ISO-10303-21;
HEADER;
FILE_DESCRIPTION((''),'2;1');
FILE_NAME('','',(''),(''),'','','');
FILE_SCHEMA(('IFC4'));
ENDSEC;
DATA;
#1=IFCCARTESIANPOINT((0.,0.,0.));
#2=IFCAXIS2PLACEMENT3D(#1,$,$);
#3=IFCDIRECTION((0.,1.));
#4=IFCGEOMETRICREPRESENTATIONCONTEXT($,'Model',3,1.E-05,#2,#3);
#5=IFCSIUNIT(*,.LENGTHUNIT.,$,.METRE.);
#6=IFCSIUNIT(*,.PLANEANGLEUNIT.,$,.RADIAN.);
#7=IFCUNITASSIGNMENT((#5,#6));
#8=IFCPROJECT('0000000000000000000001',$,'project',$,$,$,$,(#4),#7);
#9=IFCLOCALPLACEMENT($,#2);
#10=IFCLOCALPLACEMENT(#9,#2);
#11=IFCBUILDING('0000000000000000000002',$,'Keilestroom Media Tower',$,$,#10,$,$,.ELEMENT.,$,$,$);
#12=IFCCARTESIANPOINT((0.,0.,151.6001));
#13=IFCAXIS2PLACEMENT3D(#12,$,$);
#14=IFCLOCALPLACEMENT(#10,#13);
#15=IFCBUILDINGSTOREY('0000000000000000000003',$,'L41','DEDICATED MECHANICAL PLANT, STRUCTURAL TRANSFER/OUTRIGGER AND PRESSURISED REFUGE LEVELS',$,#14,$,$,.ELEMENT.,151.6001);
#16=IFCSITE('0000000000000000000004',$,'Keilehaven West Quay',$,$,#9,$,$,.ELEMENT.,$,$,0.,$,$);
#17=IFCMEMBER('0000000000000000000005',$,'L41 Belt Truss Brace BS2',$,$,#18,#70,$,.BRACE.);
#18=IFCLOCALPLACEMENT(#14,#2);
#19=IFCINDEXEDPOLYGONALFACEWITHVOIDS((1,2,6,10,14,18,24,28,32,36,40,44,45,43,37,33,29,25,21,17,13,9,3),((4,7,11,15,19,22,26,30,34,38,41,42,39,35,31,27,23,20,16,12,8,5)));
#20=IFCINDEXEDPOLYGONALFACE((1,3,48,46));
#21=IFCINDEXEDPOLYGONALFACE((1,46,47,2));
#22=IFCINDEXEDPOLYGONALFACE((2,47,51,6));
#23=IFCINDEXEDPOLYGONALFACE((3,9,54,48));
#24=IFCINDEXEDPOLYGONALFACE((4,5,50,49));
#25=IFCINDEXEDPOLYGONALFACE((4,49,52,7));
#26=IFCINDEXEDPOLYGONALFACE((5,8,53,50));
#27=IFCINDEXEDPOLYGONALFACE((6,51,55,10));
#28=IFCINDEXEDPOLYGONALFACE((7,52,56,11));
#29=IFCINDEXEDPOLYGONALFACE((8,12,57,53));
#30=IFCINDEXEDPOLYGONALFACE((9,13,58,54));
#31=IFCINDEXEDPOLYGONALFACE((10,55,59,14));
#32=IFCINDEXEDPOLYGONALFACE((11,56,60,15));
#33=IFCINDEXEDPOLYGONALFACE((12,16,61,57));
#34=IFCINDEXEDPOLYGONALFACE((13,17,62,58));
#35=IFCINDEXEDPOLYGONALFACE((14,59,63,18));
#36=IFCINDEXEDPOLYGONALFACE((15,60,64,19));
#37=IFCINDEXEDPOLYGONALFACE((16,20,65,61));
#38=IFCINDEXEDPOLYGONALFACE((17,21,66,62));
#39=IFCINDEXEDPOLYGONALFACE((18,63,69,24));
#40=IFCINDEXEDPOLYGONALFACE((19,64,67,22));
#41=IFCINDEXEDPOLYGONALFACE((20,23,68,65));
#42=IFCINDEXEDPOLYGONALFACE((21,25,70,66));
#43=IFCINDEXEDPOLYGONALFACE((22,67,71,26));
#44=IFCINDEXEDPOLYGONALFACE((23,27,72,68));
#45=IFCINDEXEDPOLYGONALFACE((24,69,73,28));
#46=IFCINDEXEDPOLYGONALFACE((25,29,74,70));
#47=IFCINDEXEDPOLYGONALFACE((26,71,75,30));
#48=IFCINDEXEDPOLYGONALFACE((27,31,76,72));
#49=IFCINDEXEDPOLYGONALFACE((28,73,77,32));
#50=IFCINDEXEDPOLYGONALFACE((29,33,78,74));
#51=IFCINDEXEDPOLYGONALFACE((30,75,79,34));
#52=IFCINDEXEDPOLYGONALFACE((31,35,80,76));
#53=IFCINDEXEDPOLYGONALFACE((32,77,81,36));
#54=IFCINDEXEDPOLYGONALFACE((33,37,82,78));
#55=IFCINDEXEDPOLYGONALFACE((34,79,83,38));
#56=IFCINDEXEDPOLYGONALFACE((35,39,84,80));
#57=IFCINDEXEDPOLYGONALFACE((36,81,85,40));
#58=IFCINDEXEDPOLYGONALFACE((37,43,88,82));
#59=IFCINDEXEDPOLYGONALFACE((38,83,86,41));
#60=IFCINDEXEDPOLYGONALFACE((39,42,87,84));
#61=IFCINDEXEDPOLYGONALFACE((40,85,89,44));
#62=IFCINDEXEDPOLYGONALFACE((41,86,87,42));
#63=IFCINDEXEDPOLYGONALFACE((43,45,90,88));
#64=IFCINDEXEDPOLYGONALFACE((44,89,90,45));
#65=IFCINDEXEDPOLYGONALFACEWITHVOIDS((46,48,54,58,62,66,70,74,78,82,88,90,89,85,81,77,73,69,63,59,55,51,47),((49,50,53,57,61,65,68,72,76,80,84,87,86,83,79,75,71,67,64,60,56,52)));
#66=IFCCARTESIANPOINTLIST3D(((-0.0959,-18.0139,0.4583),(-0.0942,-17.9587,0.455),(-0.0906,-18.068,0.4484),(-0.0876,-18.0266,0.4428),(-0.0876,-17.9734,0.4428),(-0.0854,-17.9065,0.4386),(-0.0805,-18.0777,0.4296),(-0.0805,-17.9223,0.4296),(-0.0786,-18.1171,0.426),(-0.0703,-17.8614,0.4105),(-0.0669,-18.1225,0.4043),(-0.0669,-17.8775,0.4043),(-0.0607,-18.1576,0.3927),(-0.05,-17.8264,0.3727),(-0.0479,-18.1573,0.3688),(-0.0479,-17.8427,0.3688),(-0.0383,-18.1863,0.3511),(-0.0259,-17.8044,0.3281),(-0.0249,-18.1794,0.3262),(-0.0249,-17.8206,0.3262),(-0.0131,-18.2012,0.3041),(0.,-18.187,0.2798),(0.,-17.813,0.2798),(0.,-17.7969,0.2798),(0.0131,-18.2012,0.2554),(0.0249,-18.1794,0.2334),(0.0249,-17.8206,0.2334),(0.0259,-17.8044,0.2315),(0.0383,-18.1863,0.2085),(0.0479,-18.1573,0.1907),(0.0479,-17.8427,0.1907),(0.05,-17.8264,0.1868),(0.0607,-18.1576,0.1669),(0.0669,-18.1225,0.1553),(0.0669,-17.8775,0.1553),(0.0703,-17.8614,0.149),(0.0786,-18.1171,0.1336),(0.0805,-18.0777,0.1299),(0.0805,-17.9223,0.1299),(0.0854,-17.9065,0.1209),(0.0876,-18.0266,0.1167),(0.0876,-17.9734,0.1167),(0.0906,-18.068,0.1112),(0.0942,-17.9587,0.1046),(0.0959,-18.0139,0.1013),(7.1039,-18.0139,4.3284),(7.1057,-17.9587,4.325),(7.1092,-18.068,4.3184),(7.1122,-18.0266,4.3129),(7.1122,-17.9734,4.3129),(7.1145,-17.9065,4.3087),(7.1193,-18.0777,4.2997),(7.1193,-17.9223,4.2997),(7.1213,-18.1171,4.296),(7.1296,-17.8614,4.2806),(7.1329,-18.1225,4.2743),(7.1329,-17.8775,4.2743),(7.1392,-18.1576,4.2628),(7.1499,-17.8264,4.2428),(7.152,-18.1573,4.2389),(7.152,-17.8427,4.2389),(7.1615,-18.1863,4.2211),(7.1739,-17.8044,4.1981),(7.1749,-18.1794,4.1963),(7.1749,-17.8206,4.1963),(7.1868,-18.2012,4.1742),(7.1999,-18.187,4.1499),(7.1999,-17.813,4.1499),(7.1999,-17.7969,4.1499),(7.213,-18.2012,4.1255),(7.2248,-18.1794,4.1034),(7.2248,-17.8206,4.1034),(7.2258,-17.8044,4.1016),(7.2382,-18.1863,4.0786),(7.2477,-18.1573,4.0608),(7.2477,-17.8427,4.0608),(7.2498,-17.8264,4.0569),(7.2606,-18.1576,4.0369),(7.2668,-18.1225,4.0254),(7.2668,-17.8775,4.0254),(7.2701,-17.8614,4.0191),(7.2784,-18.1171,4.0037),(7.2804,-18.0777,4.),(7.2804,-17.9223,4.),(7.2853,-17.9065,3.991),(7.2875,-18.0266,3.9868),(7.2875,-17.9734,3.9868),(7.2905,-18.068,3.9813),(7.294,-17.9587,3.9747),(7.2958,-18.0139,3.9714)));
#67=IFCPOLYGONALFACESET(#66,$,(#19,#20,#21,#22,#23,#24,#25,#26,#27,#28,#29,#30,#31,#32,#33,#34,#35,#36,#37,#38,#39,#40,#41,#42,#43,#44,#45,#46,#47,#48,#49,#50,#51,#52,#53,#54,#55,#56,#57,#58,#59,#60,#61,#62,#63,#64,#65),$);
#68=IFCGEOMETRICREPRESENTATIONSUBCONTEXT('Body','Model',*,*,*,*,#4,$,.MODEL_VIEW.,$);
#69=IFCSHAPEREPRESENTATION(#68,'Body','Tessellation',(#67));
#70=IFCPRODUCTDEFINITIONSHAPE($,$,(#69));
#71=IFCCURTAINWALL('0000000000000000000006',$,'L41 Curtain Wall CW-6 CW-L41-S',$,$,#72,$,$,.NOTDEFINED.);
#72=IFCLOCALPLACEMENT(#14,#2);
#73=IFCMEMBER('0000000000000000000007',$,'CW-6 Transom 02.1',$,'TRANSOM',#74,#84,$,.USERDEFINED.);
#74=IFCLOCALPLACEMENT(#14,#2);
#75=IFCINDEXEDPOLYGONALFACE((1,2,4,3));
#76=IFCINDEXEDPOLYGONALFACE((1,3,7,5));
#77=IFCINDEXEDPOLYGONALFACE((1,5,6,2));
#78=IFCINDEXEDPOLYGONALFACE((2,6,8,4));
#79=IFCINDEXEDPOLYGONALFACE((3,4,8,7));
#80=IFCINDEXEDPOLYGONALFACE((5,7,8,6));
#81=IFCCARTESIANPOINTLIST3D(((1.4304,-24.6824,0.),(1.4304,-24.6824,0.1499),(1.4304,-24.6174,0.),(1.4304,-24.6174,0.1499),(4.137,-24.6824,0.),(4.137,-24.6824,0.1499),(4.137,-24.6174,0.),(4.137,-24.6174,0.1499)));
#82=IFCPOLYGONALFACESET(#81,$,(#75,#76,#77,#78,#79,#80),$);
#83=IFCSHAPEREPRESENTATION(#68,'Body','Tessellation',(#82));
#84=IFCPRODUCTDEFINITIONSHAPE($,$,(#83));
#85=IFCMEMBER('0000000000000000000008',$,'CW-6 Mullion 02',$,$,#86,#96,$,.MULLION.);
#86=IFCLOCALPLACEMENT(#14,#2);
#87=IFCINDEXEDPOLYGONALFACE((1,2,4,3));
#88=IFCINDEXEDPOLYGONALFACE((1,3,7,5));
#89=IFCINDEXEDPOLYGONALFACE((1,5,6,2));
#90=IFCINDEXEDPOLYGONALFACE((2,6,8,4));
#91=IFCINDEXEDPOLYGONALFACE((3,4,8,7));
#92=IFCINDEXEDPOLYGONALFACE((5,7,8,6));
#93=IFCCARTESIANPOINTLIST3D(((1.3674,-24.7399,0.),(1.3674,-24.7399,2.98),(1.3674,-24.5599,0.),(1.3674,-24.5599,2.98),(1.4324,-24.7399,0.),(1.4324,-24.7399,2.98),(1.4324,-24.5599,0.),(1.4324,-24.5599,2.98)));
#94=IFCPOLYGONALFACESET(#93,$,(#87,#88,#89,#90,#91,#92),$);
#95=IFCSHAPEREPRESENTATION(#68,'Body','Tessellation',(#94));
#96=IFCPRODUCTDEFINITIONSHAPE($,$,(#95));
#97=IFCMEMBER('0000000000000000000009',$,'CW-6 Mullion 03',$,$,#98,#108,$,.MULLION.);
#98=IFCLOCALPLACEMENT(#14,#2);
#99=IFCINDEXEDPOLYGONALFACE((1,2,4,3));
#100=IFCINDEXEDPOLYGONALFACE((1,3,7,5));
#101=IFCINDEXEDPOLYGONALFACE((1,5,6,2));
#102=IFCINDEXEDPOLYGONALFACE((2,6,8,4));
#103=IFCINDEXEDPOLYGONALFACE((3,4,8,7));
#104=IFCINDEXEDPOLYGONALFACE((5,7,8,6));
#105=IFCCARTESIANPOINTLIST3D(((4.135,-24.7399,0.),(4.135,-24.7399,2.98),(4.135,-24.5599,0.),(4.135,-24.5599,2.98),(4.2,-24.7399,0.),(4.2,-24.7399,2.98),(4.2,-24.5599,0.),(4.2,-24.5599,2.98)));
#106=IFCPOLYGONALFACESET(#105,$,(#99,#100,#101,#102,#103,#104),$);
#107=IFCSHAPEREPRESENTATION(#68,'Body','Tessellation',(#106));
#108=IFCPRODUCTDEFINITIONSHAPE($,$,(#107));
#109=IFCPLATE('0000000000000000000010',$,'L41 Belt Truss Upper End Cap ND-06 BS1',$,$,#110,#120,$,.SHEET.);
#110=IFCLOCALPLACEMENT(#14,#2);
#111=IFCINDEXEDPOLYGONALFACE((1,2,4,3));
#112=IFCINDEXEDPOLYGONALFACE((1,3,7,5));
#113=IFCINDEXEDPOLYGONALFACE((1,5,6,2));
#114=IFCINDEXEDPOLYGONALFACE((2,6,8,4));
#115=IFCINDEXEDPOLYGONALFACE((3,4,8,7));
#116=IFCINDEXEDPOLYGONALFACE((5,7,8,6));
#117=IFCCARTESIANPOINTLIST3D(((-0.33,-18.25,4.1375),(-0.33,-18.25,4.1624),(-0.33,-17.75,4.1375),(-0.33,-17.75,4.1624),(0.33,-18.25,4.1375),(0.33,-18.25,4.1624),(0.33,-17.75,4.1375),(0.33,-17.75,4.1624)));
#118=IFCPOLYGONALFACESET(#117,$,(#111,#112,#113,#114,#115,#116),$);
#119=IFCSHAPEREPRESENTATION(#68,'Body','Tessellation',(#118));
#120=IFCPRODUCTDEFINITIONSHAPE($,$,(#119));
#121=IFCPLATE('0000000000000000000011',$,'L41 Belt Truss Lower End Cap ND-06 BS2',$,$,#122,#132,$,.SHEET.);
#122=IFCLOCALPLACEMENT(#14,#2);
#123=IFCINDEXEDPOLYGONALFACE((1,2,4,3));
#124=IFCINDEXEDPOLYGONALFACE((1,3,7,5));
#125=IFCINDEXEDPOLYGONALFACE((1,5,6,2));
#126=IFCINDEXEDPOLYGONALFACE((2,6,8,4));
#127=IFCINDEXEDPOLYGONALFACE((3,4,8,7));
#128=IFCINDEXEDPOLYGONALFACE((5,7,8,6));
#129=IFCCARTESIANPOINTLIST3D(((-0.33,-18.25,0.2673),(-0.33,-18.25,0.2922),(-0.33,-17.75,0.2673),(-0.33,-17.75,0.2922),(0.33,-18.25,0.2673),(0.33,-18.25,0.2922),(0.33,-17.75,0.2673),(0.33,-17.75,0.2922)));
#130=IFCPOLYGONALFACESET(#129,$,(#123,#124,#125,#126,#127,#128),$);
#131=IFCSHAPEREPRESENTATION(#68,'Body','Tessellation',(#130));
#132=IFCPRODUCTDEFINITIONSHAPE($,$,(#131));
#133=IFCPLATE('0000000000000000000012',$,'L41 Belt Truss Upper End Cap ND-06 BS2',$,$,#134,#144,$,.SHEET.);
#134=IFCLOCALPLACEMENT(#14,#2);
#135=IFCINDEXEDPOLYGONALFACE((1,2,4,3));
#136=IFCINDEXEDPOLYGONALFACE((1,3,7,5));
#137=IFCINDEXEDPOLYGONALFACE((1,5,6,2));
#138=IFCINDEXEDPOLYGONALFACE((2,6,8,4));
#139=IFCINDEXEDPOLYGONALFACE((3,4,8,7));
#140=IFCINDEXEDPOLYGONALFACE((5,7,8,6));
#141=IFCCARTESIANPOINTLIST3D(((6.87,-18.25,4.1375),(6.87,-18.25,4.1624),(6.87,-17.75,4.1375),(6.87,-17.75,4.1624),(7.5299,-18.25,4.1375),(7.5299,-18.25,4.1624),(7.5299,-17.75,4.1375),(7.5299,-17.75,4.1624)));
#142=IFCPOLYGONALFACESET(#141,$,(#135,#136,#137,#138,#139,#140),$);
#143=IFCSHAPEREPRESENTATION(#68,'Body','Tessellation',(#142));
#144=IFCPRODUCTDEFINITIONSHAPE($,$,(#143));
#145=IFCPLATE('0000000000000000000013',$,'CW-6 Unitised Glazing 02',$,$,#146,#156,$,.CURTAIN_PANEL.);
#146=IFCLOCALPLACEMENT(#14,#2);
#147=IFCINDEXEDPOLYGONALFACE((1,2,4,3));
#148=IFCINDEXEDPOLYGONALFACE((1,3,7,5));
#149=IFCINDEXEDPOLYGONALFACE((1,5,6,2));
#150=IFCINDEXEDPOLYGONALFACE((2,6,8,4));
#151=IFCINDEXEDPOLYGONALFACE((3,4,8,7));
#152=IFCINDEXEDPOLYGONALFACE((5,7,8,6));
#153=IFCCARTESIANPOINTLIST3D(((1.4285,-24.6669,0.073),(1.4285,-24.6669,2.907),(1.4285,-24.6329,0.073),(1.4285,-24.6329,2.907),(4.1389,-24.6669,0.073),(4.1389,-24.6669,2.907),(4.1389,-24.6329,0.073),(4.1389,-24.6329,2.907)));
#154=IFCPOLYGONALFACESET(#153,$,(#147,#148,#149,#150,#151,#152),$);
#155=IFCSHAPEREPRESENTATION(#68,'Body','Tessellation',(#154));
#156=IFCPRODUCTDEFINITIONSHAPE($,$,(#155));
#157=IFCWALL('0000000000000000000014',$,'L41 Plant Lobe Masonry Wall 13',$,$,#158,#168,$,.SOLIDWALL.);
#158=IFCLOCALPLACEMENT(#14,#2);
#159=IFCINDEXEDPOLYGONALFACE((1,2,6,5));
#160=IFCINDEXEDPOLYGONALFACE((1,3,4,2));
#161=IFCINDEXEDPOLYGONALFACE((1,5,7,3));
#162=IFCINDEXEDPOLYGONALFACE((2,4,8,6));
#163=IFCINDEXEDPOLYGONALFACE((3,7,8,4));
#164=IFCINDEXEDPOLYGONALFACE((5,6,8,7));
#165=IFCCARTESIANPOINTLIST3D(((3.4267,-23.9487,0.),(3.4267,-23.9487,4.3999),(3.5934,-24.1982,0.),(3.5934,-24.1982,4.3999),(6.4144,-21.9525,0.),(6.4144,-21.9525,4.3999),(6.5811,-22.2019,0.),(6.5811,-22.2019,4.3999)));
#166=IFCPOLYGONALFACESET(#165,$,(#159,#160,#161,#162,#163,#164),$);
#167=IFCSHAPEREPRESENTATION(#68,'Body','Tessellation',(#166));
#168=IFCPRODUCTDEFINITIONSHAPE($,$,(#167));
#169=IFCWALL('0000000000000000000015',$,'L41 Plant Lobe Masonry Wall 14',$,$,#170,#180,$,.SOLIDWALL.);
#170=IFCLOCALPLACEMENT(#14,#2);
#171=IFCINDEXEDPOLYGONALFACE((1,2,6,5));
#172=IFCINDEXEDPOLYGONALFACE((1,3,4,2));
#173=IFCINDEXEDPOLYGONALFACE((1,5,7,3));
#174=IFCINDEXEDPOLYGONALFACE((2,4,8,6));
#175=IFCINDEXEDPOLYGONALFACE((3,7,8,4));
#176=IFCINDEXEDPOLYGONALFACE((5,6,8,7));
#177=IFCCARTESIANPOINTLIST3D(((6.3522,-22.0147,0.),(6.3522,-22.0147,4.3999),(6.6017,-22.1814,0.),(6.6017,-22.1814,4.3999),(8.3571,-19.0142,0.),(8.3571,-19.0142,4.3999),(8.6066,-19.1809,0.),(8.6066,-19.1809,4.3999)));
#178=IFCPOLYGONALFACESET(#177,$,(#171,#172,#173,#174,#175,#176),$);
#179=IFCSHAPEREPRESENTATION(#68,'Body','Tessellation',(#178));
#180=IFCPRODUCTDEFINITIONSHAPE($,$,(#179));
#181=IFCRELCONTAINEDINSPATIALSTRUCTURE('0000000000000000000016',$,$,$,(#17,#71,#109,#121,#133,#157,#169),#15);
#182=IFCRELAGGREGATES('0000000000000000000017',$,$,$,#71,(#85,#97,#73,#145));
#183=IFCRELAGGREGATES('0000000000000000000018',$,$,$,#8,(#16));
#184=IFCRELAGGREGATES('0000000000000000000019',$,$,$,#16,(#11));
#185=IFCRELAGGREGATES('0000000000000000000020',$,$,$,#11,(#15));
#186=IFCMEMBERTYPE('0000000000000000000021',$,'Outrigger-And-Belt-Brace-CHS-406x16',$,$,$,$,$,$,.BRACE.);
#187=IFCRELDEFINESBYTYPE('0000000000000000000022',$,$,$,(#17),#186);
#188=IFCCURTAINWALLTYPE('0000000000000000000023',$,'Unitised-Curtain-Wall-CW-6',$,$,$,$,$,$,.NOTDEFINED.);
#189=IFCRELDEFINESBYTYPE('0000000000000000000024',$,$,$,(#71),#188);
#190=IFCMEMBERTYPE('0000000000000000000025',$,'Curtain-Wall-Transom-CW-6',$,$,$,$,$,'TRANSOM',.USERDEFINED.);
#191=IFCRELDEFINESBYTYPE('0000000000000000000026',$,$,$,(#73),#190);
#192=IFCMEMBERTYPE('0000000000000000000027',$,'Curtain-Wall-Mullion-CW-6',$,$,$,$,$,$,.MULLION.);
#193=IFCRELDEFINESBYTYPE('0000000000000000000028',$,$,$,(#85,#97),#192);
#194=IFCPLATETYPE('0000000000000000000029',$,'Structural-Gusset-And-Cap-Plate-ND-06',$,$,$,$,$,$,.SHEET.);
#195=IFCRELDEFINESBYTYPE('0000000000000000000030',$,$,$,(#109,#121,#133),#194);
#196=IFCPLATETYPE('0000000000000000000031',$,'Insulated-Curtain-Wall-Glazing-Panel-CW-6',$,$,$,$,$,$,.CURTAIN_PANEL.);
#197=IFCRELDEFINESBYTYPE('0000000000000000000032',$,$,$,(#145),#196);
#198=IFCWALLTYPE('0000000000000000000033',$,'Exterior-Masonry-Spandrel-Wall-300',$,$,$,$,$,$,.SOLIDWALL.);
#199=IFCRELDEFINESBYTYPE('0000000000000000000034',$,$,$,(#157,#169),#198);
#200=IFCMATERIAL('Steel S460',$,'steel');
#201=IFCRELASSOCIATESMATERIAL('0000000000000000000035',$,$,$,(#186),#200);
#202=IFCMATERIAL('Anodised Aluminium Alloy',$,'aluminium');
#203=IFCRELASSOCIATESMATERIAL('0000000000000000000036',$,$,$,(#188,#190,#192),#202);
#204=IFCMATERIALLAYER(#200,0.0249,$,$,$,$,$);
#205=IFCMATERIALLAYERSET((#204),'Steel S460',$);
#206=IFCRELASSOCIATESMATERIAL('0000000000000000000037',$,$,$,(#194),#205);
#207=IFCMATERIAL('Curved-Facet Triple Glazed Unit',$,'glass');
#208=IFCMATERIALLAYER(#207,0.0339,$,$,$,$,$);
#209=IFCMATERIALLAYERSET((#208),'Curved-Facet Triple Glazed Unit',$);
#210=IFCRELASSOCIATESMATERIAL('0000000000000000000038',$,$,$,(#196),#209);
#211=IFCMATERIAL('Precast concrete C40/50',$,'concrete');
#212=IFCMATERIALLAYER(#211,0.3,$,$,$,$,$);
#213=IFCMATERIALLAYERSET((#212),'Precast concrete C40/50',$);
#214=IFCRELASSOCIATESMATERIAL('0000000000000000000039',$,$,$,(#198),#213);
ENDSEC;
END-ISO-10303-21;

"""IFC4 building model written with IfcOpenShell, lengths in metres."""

from ifc_helpers import new_model, si_unit, direction, frame, frame_2d, origin, origin_2d, place, context, subcontext, project, spatial, rectangle, hollow_circle, extrude, source, transform, mapped, material, layer, layer_set, material_profile, profile_set, type_object, element, aggregate, save


model = new_model("IFC4")

# Units and contexts
model_context = context("Model", 3, precision=1e-05, world=origin(), true_north=direction((0.0, 1.0)))
body_context = subcontext(model_context, "Body", "Model", "MODEL_VIEW")
ifc_project = project(units=[si_unit("LENGTHUNIT", "METRE"), si_unit("PLANEANGLEUNIT", "RADIAN")], contexts=[model_context])

# Site, building, storey
site_placement = place(None, origin())
site = spatial("IfcSite", under=ifc_project, at=site_placement, Name="Keilehaven West Quay", CompositionType="ELEMENT", RefElevation=0.0)
building_placement = place(site_placement, origin())
building = spatial("IfcBuilding", under=site, at=building_placement, Name="Keilestroom Media Tower", CompositionType="ELEMENT")
storey_placement = place(building_placement, frame((0.0, 0.0, 151.6001)))
storey = spatial("IfcBuildingStorey", under=building, at=storey_placement, Name="L41", Description="DEDICATED MECHANICAL PLANT, STRUCTURAL TRANSFER/OUTRIGGER AND PRESSURISED REFUGE LEVELS", CompositionType="ELEMENT", Elevation=151.6001)

# Member
ifc_material_1 = material(Name="Steel S460", Category="steel")
ifc_material_profile_1 = material_profile(ifc_material_1, hollow_circle(Radius=0.2031, WallThickness=0.0161, at=origin_2d()), Name="CHS 406.4x16")
ifc_profile_set_1 = profile_set([ifc_material_profile_1], Name="Steel S460")
member_type_1 = type_object("IfcMemberType", Name="Outrigger-And-Belt-Brace-CHS-406x16", PredefinedType="BRACE", material=ifc_profile_set_1)
shared_shape_1 = source(origin(), body_context, "Body", "SweptSolid", [
    extrude(hollow_circle(Radius=0.2031, WallThickness=0.0161, at=origin_2d()), origin(), (0.0, 0.0, 1.0), 8.1741),
])
member_1_placement = place(storey_placement, frame((0.0, -18.0, 0.2798), z_axis=(0.880817, 0.0, 0.473457), x_axis=(0.0, 1.0, 0.0)))
element("IfcMember", 1, at=member_1_placement, inside=storey, type_object=member_type_1, Name="L41 Belt Truss Brace BS2", PredefinedType="BRACE", context=body_context, shape_type="MappedRepresentation", body=[
    mapped(shared_shape_1, transform((0.0, 0.0, 0.0), x_axis=(1.0, 0.0, 0.0), y_axis=(0.0, 1.0, 0.0), z_axis=(0.0, 0.0, 1.0), scale=1.0)),
])

# Curtain wall, members
ifc_material_2 = material(Name="Anodised Aluminium Alloy", Category="aluminium")
curtain_wall_type = type_object("IfcCurtainWallType", Name="Unitised-Curtain-Wall-CW-6", PredefinedType="NOTDEFINED", material=ifc_material_2)
curtain_wall_placement = place(storey_placement, origin())
curtain_wall = element("IfcCurtainWall", 2, at=curtain_wall_placement, inside=storey, type_object=curtain_wall_type, Name="L41 Curtain Wall CW-6 CW-L41-S", PredefinedType="NOTDEFINED")
ifc_material_profile_2 = material_profile(ifc_material_2, rectangle(XDim=0.0649, YDim=0.1499, at=origin_2d()), Name="ALU TRANSOM 65x150")
ifc_profile_set_2 = profile_set([ifc_material_profile_2], Name="Anodised Aluminium Alloy")
member_type_2 = type_object("IfcMemberType", Name="Curtain-Wall-Transom-CW-6", ElementType="TRANSOM", PredefinedType="USERDEFINED", material=ifc_profile_set_2)
shared_shape_2 = source(origin(), body_context, "Body", "SweptSolid", [
    extrude(rectangle(XDim=0.0649, YDim=0.1499, at=origin_2d()), origin(), (0.0, 0.0, 1.0), 2.7065),
])
member_2_placement = place(storey_placement, frame((1.4304, -24.6499, 0.075), z_axis=(1.0, 0.0, 0.0), x_axis=(0.0, 1.0, 0.0)))
member_2 = element("IfcMember", 3, at=member_2_placement, type_object=member_type_2, Name="CW-6 Transom 02.1", ObjectType="TRANSOM", PredefinedType="USERDEFINED", context=body_context, shape_type="MappedRepresentation", body=[
    mapped(shared_shape_2, transform((0.0, 0.0, 0.0), x_axis=(1.0, 0.0, 0.0), y_axis=(0.0, 1.0, 0.0), z_axis=(0.0, 0.0, 1.0), scale=1.0)),
])
ifc_material_profile_3 = material_profile(ifc_material_2, rectangle(XDim=0.0649, YDim=0.1799, at=origin_2d()), Name="ALU MULLION 65x180")
ifc_profile_set_3 = profile_set([ifc_material_profile_3], Name="Anodised Aluminium Alloy")
member_type_3 = type_object("IfcMemberType", Name="Curtain-Wall-Mullion-CW-6", PredefinedType="MULLION", material=ifc_profile_set_3)
shared_shape_3 = source(origin(), body_context, "Body", "SweptSolid", [
    extrude(rectangle(XDim=0.0649, YDim=0.1799, at=origin_2d()), origin(), (0.0, 0.0, 1.0), 2.98),
])
member_3_placement = place(storey_placement, frame((1.3999, -24.6499, 0.0), z_axis=(0.0, 0.0, 1.0), x_axis=(1.0, 0.0, 0.0)))
member_3 = element("IfcMember", 4, at=member_3_placement, type_object=member_type_3, Name="CW-6 Mullion 02", PredefinedType="MULLION", context=body_context, shape_type="MappedRepresentation", body=[
    mapped(shared_shape_3, transform((0.0, 0.0, 0.0), x_axis=(1.0, 0.0, 0.0), y_axis=(0.0, 1.0, 0.0), z_axis=(0.0, 0.0, 1.0), scale=1.0)),
])
member_4_placement = place(storey_placement, frame((4.1675, -24.6499, 0.0), z_axis=(0.0, 0.0, 1.0), x_axis=(1.0, 0.0, 0.0)))
member_4 = element("IfcMember", 5, at=member_4_placement, type_object=member_type_3, Name="CW-6 Mullion 03", PredefinedType="MULLION", context=body_context, shape_type="MappedRepresentation", body=[
    mapped(shared_shape_3, transform((0.0, 0.0, 0.0), x_axis=(1.0, 0.0, 0.0), y_axis=(0.0, 1.0, 0.0), z_axis=(0.0, 0.0, 1.0), scale=1.0)),
])

# Plates
ifc_layer_1 = layer(ifc_material_1, 0.0249)
ifc_layer_set_1 = layer_set([ifc_layer_1], Name="Steel S460")
plate_type_1 = type_object("IfcPlateType", Name="Structural-Gusset-And-Cap-Plate-ND-06", PredefinedType="SHEET", material=ifc_layer_set_1)
shared_shape_4 = source(origin(), body_context, "Body", "SweptSolid", [
    extrude(rectangle(XDim=0.6599, YDim=0.5, at=origin_2d()), origin(), (0.0, 0.0, 1.0), 0.0249),
])
for number, where, z_axis, x_axis, name in (
    (6, (0.0, -18.0, 4.1375), (0.0, 0.0, 1.0), (1.0, 0.0, 0.0), "L41 Belt Truss Upper End Cap ND-06 BS1"),
    (7, (0.0, -18.0, 0.2673), (0.0, 0.0, 1.0), (1.0, 0.0, 0.0), "L41 Belt Truss Lower End Cap ND-06 BS2"),
    (8, (7.2, -18.0, 4.1375), (0.0, 0.0, 1.0), (1.0, 0.0, 0.0), "L41 Belt Truss Upper End Cap ND-06 BS2"),
):
    element("IfcPlate", number, at=place(storey_placement, frame(where, z_axis=z_axis, x_axis=x_axis)), inside=storey, type_object=plate_type_1, Name=name, PredefinedType="SHEET", context=body_context, shape_type="MappedRepresentation", body=[
        mapped(shared_shape_4, transform((0.0, 0.0, 0.0), x_axis=(1.0, 0.0, 0.0), y_axis=(0.0, 1.0, 0.0), z_axis=(0.0, 0.0, 1.0), scale=1.0)),
    ])

# Plate
ifc_material_3 = material(Name="Curved-Facet Triple Glazed Unit", Category="glass")
ifc_layer_2 = layer(ifc_material_3, 0.0339)
ifc_layer_set_2 = layer_set([ifc_layer_2], Name="Curved-Facet Triple Glazed Unit")
plate_type_2 = type_object("IfcPlateType", Name="Insulated-Curtain-Wall-Glazing-Panel-CW-6", PredefinedType="CURTAIN_PANEL", material=ifc_layer_set_2)
shared_shape_5 = source(origin(), body_context, "Body", "SweptSolid", [
    extrude(rectangle(XDim=2.7104, YDim=0.0339, at=origin_2d()), origin(), (0.0, 0.0, 1.0), 2.834),
])
plate_placement = place(storey_placement, frame((2.7837, -24.6499, 0.073), z_axis=(0.0, 0.0, 1.0), x_axis=(1.0, 0.0, 0.0)))
plate = element("IfcPlate", 9, at=plate_placement, type_object=plate_type_2, Name="CW-6 Unitised Glazing 02", PredefinedType="CURTAIN_PANEL", context=body_context, shape_type="MappedRepresentation", body=[
    mapped(shared_shape_5, transform((0.0, 0.0, 0.0), x_axis=(1.0, 0.0, 0.0), y_axis=(0.0, 1.0, 0.0), z_axis=(0.0, 0.0, 1.0), scale=1.0)),
])
aggregate(curtain_wall, [member_3, member_4, member_2, plate])

# Walls
ifc_material_4 = material(Name="Precast concrete C40/50", Category="concrete")
ifc_layer_3 = layer(ifc_material_4, 0.3)
ifc_layer_set_3 = layer_set([ifc_layer_3], Name="Precast concrete C40/50")
wall_type = type_object("IfcWallType", Name="Exterior-Masonry-Spandrel-Wall-300", PredefinedType="SOLIDWALL", material=ifc_layer_set_3)
wall_placement = place(storey_placement, frame((3.51, -24.0735, 0.0), z_axis=(0.0, 0.0, 1.0), x_axis=(0.831475, 0.555562, 0.0)))
element("IfcWall", 10, at=wall_placement, inside=storey, type_object=wall_type, Name="L41 Plant Lobe Masonry Wall 13", PredefinedType="SOLIDWALL", context=body_context, shape_type="SweptSolid", body=[
    extrude(rectangle(XDim=3.5933, YDim=0.3, at=frame_2d((1.7966, 0.0))), origin(), (0.0, 0.0, 1.0), 4.3999),
])
for number, where, z_axis, x_axis, name in (
    (11, (6.4771, -22.0979, 0.0), (0.0, 0.0, 1.0), (0.555574, 0.831467, 0.0), "L41 Plant Lobe Masonry Wall 14"),
):
    element("IfcWall", number, at=place(storey_placement, frame(where, z_axis=z_axis, x_axis=x_axis)), inside=storey, type_object=wall_type, Name=name, PredefinedType="SOLIDWALL", context=body_context, shape_type="SweptSolid", body=[
        extrude(rectangle(XDim=3.6086, YDim=0.3, at=frame_2d((1.8042, 0.0))), origin(), (0.0, 0.0, 1.0), 4.3999),
    ])

save(model, "model.ifc")
